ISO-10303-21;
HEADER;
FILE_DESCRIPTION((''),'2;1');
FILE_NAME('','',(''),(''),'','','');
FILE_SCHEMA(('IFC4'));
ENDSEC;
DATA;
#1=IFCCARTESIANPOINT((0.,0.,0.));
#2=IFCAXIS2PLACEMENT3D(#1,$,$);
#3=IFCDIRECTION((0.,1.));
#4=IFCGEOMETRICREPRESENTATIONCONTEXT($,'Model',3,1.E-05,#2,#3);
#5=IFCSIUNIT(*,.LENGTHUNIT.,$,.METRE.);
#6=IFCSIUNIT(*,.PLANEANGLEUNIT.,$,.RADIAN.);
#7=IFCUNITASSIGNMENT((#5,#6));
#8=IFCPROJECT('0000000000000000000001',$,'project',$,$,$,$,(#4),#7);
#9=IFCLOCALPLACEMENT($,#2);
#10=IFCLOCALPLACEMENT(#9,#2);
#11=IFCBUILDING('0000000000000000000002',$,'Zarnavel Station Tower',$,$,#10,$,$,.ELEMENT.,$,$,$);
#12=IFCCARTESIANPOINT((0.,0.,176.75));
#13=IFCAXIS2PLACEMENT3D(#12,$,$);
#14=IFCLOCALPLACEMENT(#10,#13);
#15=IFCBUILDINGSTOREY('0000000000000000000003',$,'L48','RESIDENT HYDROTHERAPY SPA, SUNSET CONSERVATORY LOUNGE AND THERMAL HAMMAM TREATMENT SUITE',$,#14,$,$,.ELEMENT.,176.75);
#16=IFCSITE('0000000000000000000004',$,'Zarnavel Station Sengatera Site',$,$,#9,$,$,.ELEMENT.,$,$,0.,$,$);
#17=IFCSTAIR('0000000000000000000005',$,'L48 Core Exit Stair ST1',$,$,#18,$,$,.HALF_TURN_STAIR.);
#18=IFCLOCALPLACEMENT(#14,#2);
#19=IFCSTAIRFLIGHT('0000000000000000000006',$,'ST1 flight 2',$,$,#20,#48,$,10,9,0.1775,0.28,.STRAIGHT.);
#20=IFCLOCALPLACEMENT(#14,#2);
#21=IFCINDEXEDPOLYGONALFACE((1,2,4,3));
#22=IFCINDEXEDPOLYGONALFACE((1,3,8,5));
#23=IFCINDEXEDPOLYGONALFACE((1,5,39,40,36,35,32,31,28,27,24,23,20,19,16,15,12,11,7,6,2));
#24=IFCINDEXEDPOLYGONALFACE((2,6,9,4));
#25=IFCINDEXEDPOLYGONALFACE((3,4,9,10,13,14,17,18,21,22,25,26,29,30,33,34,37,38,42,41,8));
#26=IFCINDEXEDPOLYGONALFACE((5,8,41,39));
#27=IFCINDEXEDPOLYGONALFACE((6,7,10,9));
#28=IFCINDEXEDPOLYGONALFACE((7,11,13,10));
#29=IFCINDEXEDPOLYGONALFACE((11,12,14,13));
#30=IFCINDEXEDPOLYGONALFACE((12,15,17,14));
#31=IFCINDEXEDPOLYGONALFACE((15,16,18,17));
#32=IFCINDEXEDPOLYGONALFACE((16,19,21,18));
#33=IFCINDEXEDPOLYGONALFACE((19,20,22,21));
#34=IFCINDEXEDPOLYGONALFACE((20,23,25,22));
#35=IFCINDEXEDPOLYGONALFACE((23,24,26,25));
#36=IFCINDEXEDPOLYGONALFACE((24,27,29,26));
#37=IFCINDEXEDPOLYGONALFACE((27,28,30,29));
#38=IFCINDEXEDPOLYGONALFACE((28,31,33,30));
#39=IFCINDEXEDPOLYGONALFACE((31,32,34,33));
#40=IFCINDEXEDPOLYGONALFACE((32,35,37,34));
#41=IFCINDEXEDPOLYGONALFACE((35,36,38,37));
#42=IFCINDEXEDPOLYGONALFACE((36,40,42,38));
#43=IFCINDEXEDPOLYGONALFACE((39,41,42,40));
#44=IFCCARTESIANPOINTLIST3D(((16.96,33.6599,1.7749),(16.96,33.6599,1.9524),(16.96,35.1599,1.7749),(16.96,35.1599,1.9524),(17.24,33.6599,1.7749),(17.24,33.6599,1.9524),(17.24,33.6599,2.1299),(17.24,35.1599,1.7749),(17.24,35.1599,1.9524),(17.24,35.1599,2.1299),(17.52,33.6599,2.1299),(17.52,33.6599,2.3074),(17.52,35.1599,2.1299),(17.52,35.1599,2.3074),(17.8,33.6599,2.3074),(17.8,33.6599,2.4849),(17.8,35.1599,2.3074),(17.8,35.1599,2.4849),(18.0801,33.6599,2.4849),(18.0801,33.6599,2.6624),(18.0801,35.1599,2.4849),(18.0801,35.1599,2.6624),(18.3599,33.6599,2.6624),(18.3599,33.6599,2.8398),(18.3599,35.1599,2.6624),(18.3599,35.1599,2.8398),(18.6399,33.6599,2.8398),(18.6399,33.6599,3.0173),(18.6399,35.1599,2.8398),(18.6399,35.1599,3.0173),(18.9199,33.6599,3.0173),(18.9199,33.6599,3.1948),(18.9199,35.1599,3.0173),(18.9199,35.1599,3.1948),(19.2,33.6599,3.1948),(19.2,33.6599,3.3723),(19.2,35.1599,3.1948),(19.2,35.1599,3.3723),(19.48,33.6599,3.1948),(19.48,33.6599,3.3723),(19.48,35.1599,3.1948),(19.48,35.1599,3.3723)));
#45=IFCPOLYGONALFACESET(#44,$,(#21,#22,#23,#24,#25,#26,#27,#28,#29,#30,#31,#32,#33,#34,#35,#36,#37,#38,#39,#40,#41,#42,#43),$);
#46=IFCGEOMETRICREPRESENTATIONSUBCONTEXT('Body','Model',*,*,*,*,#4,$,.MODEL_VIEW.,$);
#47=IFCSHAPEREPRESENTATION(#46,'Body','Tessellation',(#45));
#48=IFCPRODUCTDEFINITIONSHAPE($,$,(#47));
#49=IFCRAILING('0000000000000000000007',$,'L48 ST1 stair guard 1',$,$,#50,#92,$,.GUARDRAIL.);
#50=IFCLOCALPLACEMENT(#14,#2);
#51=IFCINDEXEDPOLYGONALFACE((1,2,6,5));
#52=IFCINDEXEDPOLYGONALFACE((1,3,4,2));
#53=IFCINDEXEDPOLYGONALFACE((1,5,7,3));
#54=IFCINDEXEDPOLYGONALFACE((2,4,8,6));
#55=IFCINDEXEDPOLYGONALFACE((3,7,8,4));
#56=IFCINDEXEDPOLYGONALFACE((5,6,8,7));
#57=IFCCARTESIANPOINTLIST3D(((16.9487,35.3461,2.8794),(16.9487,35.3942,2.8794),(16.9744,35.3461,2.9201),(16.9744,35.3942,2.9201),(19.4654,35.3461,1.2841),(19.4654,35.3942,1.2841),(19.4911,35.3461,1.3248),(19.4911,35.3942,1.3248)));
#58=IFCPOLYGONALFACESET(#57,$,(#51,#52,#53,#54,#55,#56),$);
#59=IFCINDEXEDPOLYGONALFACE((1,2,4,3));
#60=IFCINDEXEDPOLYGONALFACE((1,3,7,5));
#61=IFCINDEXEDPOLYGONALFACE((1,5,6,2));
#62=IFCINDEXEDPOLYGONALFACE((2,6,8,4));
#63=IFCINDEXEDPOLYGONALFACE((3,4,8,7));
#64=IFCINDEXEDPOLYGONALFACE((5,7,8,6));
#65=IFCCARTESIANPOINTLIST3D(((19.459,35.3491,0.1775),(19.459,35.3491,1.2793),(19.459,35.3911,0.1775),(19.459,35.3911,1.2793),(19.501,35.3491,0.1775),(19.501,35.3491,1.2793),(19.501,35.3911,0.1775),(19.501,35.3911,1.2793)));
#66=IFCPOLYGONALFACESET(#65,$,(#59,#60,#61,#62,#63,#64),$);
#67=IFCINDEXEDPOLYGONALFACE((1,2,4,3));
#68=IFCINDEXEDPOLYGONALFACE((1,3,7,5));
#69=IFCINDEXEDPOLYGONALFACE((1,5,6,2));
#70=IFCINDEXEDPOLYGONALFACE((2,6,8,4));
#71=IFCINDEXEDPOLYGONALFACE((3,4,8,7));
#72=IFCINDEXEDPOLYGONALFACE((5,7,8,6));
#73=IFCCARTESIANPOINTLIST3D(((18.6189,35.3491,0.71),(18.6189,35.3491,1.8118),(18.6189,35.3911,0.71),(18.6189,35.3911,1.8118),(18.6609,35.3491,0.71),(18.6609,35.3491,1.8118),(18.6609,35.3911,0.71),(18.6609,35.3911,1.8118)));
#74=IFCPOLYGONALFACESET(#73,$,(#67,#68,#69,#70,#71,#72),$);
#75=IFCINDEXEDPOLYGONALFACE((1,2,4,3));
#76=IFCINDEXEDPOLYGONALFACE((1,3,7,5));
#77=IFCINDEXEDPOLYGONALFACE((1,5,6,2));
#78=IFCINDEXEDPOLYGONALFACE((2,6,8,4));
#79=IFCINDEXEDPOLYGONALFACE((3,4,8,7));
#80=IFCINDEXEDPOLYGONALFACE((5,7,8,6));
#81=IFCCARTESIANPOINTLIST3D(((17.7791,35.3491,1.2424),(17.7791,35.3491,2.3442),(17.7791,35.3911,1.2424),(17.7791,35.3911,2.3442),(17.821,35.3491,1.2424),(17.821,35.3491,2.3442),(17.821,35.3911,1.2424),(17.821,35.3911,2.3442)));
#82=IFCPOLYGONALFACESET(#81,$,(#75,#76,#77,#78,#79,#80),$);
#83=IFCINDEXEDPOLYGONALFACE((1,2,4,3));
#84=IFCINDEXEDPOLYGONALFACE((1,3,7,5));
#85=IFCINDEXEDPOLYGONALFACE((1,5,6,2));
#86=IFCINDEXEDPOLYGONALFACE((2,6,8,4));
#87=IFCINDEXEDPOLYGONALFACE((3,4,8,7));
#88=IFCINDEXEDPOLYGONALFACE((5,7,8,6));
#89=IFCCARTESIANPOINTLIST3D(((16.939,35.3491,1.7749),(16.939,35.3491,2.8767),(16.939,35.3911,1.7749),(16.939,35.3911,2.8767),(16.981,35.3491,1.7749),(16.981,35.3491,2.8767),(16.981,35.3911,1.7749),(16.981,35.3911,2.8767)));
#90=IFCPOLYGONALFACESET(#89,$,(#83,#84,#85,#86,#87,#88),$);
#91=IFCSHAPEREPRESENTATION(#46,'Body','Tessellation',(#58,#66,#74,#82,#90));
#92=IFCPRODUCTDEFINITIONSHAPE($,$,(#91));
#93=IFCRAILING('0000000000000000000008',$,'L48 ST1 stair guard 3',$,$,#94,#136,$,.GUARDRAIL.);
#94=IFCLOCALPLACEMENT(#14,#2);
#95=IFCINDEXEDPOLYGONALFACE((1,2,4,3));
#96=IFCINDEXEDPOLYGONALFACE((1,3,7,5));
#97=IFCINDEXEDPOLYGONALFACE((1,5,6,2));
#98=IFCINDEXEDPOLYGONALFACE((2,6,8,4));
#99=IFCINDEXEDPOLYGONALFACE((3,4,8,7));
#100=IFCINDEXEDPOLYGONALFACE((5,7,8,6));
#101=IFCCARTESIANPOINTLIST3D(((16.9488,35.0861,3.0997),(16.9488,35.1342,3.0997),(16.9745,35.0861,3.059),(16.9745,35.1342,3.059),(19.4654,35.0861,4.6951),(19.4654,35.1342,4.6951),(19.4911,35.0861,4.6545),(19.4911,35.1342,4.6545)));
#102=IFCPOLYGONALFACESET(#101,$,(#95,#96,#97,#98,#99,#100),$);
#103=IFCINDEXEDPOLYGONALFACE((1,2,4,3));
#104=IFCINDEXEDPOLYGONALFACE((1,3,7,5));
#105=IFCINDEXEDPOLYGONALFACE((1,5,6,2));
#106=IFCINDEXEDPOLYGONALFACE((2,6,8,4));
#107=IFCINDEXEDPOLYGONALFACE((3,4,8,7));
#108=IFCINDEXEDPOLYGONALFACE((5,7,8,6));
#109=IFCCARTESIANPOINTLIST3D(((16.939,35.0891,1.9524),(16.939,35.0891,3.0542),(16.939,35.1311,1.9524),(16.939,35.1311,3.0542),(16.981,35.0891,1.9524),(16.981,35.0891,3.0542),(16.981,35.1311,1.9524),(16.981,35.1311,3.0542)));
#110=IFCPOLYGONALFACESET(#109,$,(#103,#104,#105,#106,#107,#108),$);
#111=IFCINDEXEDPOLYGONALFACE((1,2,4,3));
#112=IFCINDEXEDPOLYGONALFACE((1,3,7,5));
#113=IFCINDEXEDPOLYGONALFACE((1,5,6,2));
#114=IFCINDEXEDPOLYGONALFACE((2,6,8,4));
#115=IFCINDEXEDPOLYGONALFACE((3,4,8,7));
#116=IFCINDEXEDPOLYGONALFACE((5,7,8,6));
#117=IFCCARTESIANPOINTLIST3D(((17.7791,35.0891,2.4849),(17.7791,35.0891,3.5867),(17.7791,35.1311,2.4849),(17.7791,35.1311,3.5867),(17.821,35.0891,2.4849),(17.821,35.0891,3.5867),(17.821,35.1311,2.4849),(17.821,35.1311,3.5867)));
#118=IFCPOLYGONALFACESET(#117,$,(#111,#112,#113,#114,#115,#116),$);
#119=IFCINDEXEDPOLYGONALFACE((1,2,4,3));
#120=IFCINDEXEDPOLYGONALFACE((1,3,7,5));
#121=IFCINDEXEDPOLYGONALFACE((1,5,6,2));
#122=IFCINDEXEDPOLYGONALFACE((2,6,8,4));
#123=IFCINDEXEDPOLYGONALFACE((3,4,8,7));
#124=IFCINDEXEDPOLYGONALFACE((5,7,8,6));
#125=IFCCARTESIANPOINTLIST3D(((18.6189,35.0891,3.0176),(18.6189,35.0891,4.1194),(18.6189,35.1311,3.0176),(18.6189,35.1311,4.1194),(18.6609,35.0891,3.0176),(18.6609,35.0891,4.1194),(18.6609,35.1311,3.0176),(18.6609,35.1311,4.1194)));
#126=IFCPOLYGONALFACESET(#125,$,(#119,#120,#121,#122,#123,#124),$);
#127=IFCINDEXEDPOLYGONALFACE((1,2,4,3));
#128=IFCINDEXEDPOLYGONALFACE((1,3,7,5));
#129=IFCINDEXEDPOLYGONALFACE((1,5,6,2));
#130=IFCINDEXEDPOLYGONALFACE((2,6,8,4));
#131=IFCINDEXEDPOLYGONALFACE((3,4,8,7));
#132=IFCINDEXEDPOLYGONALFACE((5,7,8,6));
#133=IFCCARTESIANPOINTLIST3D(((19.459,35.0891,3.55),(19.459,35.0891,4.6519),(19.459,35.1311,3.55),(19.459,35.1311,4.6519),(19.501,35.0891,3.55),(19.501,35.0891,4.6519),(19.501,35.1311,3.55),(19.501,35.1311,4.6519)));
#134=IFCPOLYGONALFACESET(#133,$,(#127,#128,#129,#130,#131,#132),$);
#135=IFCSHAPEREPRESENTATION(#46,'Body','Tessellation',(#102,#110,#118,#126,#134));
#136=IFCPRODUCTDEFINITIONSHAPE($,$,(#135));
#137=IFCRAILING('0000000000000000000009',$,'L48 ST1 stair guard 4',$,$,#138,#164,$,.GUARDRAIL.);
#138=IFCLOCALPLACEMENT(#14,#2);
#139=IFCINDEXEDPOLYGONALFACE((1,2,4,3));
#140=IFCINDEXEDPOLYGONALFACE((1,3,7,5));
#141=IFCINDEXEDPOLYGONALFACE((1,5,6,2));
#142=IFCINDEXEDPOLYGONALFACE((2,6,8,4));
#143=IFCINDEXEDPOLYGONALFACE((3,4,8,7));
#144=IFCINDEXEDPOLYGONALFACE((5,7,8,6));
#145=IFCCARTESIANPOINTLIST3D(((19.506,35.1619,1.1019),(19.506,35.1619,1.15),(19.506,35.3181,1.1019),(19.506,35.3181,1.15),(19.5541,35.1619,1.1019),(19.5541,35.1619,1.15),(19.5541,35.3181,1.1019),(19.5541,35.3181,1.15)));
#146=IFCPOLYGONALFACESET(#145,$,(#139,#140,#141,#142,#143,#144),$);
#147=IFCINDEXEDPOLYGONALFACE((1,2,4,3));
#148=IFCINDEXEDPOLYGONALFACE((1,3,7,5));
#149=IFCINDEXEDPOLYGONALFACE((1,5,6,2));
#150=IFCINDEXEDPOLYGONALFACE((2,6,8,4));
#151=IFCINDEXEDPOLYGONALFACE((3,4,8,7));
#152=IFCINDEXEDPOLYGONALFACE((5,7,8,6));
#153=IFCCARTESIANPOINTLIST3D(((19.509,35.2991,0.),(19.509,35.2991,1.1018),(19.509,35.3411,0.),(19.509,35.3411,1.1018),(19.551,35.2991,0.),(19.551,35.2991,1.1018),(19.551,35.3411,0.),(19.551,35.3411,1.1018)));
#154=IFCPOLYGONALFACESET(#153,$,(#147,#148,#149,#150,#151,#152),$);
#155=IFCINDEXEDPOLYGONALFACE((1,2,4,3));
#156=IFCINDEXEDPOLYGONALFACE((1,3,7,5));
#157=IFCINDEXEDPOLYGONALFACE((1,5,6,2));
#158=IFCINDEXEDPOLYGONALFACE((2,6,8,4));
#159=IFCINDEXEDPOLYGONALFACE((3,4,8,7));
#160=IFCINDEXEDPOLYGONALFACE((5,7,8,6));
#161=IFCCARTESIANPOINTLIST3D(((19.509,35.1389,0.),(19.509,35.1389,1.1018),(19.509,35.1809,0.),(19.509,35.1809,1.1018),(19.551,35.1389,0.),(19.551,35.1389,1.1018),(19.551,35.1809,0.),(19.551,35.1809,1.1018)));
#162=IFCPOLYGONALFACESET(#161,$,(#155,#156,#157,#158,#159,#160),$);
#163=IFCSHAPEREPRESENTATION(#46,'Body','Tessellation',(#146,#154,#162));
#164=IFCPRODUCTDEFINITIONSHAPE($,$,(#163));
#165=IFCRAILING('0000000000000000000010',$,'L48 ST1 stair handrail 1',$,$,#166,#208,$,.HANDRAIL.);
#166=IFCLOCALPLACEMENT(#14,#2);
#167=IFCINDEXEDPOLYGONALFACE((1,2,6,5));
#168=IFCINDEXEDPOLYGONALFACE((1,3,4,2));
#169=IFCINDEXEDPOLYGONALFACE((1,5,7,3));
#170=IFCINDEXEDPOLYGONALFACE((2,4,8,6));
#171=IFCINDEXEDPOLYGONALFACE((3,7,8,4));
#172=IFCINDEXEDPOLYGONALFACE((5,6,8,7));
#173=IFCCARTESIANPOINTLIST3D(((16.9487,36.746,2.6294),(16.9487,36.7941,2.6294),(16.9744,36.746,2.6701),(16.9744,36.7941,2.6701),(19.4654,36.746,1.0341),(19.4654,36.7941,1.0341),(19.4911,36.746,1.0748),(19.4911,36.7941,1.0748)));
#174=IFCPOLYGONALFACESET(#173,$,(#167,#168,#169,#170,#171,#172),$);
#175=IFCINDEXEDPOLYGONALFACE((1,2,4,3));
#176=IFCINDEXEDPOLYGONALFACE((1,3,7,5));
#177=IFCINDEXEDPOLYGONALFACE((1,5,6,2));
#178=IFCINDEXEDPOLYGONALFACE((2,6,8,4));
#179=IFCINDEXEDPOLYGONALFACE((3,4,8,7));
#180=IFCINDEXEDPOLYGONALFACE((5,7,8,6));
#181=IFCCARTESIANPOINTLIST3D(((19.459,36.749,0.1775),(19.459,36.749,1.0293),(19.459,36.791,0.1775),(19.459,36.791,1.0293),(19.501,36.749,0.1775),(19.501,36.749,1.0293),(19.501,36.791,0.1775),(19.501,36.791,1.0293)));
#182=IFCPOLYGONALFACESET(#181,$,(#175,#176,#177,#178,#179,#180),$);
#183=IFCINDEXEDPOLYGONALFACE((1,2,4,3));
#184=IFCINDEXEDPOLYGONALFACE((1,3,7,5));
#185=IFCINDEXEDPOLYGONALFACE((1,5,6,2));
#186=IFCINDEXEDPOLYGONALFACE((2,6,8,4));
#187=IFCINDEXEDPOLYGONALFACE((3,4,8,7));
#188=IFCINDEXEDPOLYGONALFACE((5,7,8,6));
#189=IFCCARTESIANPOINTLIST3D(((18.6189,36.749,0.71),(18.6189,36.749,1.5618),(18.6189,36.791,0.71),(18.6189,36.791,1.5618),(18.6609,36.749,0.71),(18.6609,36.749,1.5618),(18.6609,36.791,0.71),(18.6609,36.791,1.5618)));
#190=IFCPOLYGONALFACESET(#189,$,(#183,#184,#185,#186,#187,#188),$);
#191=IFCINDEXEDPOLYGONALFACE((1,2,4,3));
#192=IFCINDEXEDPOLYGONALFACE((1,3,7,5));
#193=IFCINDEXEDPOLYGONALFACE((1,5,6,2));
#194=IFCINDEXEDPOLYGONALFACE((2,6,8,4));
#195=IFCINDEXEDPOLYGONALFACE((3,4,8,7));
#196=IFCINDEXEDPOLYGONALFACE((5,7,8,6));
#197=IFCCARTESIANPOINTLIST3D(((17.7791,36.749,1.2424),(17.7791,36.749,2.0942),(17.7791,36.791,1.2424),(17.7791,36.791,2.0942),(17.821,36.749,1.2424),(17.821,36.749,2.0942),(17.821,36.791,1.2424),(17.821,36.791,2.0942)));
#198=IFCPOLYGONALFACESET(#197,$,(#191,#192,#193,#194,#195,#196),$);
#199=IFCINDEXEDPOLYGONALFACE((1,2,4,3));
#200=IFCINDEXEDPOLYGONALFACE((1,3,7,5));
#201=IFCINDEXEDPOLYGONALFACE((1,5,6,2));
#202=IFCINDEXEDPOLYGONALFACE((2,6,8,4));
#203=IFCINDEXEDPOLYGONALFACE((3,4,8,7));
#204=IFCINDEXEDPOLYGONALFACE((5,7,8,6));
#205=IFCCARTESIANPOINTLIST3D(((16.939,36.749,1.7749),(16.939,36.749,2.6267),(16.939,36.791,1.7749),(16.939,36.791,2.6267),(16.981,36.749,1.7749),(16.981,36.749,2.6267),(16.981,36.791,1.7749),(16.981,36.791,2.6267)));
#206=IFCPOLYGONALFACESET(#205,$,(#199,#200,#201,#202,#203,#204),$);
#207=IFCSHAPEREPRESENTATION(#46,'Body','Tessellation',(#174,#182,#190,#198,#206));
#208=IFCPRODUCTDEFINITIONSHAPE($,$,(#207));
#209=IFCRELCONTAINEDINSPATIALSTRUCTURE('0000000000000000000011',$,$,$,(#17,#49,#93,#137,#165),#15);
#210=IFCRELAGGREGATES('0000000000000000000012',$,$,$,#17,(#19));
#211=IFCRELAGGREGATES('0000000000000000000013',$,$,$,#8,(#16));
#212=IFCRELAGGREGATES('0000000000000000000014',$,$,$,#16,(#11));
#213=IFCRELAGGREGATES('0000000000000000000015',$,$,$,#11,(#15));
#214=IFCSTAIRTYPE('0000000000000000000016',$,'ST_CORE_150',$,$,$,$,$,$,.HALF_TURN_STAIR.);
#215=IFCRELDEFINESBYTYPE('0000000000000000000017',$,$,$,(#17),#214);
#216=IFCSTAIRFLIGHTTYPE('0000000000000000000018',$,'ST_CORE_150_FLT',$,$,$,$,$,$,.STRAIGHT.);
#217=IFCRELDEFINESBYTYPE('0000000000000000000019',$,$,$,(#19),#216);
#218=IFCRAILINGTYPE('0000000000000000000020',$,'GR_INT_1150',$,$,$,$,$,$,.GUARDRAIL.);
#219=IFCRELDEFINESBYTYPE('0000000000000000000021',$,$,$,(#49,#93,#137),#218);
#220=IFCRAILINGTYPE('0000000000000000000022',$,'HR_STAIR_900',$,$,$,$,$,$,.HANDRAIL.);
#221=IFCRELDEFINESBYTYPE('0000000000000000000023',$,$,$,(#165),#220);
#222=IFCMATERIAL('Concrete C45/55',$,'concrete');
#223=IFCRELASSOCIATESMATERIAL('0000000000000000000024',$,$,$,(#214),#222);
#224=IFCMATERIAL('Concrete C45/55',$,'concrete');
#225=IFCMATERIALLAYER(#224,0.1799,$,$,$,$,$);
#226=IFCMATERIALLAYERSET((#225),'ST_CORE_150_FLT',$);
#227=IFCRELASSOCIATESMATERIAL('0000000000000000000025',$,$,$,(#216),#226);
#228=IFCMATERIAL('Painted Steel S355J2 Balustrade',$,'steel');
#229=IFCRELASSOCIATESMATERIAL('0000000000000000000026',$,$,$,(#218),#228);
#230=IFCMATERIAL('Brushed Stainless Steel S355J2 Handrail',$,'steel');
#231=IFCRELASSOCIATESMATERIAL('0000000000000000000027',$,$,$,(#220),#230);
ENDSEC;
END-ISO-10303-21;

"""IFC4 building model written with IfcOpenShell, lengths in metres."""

from ifc_helpers import new_model, si_unit, direction, frame, origin, origin_2d, place, context, subcontext, project, spatial, polyline, rectangle, outline, extrude, material, layer, layer_set, type_object, element, aggregate, save


model = new_model("IFC4")

# Units and contexts
model_context = context("Model", 3, precision=1e-05, world=origin(), true_north=direction((0.0, 1.0)))
body_context = subcontext(model_context, "Body", "Model", "MODEL_VIEW")
ifc_project = project(units=[si_unit("LENGTHUNIT", "METRE"), si_unit("PLANEANGLEUNIT", "RADIAN")], contexts=[model_context])

# Site, building, storey
site_placement = place(None, origin())
site = spatial("IfcSite", under=ifc_project, at=site_placement, Name="Zarnavel Station Sengatera Site", CompositionType="ELEMENT", RefElevation=0.0)
building_placement = place(site_placement, origin())
building = spatial("IfcBuilding", under=site, at=building_placement, Name="Zarnavel Station Tower", CompositionType="ELEMENT")
storey_placement = place(building_placement, frame((0.0, 0.0, 176.75)))
storey = spatial("IfcBuildingStorey", under=building, at=storey_placement, Name="L48", Description="RESIDENT HYDROTHERAPY SPA, SUNSET CONSERVATORY LOUNGE AND THERMAL HAMMAM TREATMENT SUITE", CompositionType="ELEMENT", Elevation=176.75)

# Stair, stair flight
ifc_material_1 = material(Name="Concrete C45/55", Category="concrete")
stair_type = type_object("IfcStairType", Name="ST_CORE_150", PredefinedType="HALF_TURN_STAIR", material=ifc_material_1)
stair_placement = place(storey_placement, origin())
stair = element("IfcStair", 1, at=stair_placement, inside=storey, type_object=stair_type, Name="L48 Core Exit Stair ST1", PredefinedType="HALF_TURN_STAIR")
ifc_material_2 = material(Name="Concrete C45/55", Category="concrete")
ifc_layer_1 = layer(ifc_material_2, 0.1799)
ifc_layer_set_1 = layer_set([ifc_layer_1], Name="ST_CORE_150_FLT")
stair_flight_type = type_object("IfcStairFlightType", Name="ST_CORE_150_FLT", PredefinedType="STRAIGHT", material=ifc_layer_set_1)
stair_flight_1_placement = place(storey_placement, frame((16.96, 34.4099, 1.7749), z_axis=(0.0, 0.0, 1.0), x_axis=(1.0, 0.0, 0.0)))
stair_flight_1 = element("IfcStairFlight", 2, at=stair_flight_1_placement, type_object=stair_flight_type, Name="ST1 flight 2", NumberOfRisers=10, NumberOfTreads=9, PredefinedType="STRAIGHT", RiserHeight=0.1775, TreadLength=0.28, context=body_context, shape_type="SweptSolid", body=[
    extrude(outline(polyline([(0.0, 0.0), (0.0, 0.1775), (0.28, 0.1775), (0.28, 0.355), (0.5601, 0.355), (0.5601, 0.5325), (0.8401, 0.5325), (0.8401, 0.71), (1.1201, 0.71), (1.1201, 0.8875), (1.3999, 0.8875), (1.3999, 1.0649), (1.6799, 1.0649), (1.6799, 1.2424), (1.96, 1.2424), (1.96, 1.4199), (2.24, 1.4199), (2.24, 1.5974), (2.52, 1.5974), (2.52, 1.7749), (2.52, 1.4199), (0.28, 0.0), (0.0, 0.0)])), frame((0.0, 0.75, 0.0), z_axis=(0.0, -1.0, 0.0), x_axis=(1.0, 0.0, 0.0)), (0.0, 0.0, 1.0), 1.5),
])
aggregate(stair, [stair_flight_1])

# Railings
ifc_material_3 = material(Name="Painted Steel S355J2 Balustrade", Category="steel")
railing_type_1 = type_object("IfcRailingType", Name="GR_INT_1150", PredefinedType="GUARDRAIL", material=ifc_material_3)
railing_1_placement = place(storey_placement, frame((19.48, 35.3701, 0.1775)))
element("IfcRailing", 3, at=railing_1_placement, inside=storey, type_object=railing_type_1, Name="L48 ST1 stair guard 1", PredefinedType="GUARDRAIL", context=body_context, shape_type="SweptSolid", body=[
    extrude(rectangle(XDim=0.0481, YDim=0.0481, at=origin_2d()), frame((-0.0017, 0.0, 1.127), z_axis=(-0.844607, 0.0, 0.535387), x_axis=(0.0, -1.0, 0.0)), (0.0, 0.0, 1.0), 2.9797),
    extrude(rectangle(XDim=0.042, YDim=0.042, at=origin_2d()), origin(), (0.0, 0.0, 1.0), 1.1018),
    extrude(rectangle(XDim=0.042, YDim=0.042, at=origin_2d()), frame((-0.8401, 0.0, 0.5325)), (0.0, 0.0, 1.0), 1.1018),
    extrude(rectangle(XDim=0.042, YDim=0.042, at=origin_2d()), frame((-1.6799, 0.0, 1.0649)), (0.0, 0.0, 1.0), 1.1018),
    extrude(rectangle(XDim=0.042, YDim=0.042, at=origin_2d()), frame((-2.52, 0.0, 1.5974)), (0.0, 0.0, 1.0), 1.1018),
])
railing_2_placement = place(storey_placement, frame((16.96, 35.1101, 1.9524)))
element("IfcRailing", 4, at=railing_2_placement, inside=storey, type_object=railing_type_1, Name="L48 ST1 stair guard 3", PredefinedType="GUARDRAIL", context=body_context, shape_type="SweptSolid", body=[
    extrude(rectangle(XDim=0.0481, YDim=0.0481, at=origin_2d()), frame((0.0017, 0.0, 1.127), z_axis=(0.84457, 0.0, 0.535445), x_axis=(0.0, 1.0, 0.0)), (0.0, 0.0, 1.0), 2.9797),
    extrude(rectangle(XDim=0.042, YDim=0.042, at=origin_2d()), origin(), (0.0, 0.0, 1.0), 1.1018),
    extrude(rectangle(XDim=0.042, YDim=0.042, at=origin_2d()), frame((0.8401, 0.0, 0.5325)), (0.0, 0.0, 1.0), 1.1018),
    extrude(rectangle(XDim=0.042, YDim=0.042, at=origin_2d()), frame((1.6799, 0.0, 1.0652)), (0.0, 0.0, 1.0), 1.1018),
    extrude(rectangle(XDim=0.042, YDim=0.042, at=origin_2d()), frame((2.52, 0.0, 1.5977)), (0.0, 0.0, 1.0), 1.1018),
])
railing_3_placement = place(storey_placement, frame((19.53, 35.3201, 0.0)))
element("IfcRailing", 5, at=railing_3_placement, inside=storey, type_object=railing_type_1, Name="L48 ST1 stair guard 4", PredefinedType="GUARDRAIL", context=body_context, shape_type="SweptSolid", body=[
    extrude(rectangle(XDim=0.0481, YDim=0.0481, at=origin_2d()), frame((0.0, -0.002, 1.126), z_axis=(0.0, -1.0, 0.0), x_axis=(1.0, 0.0, 0.0)), (0.0, 0.0, 1.0), 0.1562),
    extrude(rectangle(XDim=0.042, YDim=0.042, at=origin_2d()), origin(), (0.0, 0.0, 1.0), 1.1018),
    extrude(rectangle(XDim=0.042, YDim=0.042, at=origin_2d()), frame((0.0, -0.1602, 0.0)), (0.0, 0.0, 1.0), 1.1018),
])
ifc_material_4 = material(Name="Brushed Stainless Steel S355J2 Handrail", Category="steel")
railing_type_2 = type_object("IfcRailingType", Name="HR_STAIR_900", PredefinedType="HANDRAIL", material=ifc_material_4)
railing_4_placement = place(storey_placement, frame((19.48, 36.77, 0.1775)))
element("IfcRailing", 6, at=railing_4_placement, inside=storey, type_object=railing_type_2, Name="L48 ST1 stair handrail 1", PredefinedType="HANDRAIL", context=body_context, shape_type="SweptSolid", body=[
    extrude(rectangle(XDim=0.0481, YDim=0.0481, at=origin_2d()), frame((-0.0017, 0.0, 0.877), z_axis=(-0.844607, 0.0, 0.535387), x_axis=(0.0, -1.0, 0.0)), (0.0, 0.0, 1.0), 2.9797),
    extrude(rectangle(XDim=0.042, YDim=0.042, at=origin_2d()), origin(), (0.0, 0.0, 1.0), 0.8518),
    extrude(rectangle(XDim=0.042, YDim=0.042, at=origin_2d()), frame((-0.8401, 0.0, 0.5325)), (0.0, 0.0, 1.0), 0.8518),
    extrude(rectangle(XDim=0.042, YDim=0.042, at=origin_2d()), frame((-1.6799, 0.0, 1.0649)), (0.0, 0.0, 1.0), 0.8518),
    extrude(rectangle(XDim=0.042, YDim=0.042, at=origin_2d()), frame((-2.52, 0.0, 1.5974)), (0.0, 0.0, 1.0), 0.8518),
])

save(model, "model.ifc")
